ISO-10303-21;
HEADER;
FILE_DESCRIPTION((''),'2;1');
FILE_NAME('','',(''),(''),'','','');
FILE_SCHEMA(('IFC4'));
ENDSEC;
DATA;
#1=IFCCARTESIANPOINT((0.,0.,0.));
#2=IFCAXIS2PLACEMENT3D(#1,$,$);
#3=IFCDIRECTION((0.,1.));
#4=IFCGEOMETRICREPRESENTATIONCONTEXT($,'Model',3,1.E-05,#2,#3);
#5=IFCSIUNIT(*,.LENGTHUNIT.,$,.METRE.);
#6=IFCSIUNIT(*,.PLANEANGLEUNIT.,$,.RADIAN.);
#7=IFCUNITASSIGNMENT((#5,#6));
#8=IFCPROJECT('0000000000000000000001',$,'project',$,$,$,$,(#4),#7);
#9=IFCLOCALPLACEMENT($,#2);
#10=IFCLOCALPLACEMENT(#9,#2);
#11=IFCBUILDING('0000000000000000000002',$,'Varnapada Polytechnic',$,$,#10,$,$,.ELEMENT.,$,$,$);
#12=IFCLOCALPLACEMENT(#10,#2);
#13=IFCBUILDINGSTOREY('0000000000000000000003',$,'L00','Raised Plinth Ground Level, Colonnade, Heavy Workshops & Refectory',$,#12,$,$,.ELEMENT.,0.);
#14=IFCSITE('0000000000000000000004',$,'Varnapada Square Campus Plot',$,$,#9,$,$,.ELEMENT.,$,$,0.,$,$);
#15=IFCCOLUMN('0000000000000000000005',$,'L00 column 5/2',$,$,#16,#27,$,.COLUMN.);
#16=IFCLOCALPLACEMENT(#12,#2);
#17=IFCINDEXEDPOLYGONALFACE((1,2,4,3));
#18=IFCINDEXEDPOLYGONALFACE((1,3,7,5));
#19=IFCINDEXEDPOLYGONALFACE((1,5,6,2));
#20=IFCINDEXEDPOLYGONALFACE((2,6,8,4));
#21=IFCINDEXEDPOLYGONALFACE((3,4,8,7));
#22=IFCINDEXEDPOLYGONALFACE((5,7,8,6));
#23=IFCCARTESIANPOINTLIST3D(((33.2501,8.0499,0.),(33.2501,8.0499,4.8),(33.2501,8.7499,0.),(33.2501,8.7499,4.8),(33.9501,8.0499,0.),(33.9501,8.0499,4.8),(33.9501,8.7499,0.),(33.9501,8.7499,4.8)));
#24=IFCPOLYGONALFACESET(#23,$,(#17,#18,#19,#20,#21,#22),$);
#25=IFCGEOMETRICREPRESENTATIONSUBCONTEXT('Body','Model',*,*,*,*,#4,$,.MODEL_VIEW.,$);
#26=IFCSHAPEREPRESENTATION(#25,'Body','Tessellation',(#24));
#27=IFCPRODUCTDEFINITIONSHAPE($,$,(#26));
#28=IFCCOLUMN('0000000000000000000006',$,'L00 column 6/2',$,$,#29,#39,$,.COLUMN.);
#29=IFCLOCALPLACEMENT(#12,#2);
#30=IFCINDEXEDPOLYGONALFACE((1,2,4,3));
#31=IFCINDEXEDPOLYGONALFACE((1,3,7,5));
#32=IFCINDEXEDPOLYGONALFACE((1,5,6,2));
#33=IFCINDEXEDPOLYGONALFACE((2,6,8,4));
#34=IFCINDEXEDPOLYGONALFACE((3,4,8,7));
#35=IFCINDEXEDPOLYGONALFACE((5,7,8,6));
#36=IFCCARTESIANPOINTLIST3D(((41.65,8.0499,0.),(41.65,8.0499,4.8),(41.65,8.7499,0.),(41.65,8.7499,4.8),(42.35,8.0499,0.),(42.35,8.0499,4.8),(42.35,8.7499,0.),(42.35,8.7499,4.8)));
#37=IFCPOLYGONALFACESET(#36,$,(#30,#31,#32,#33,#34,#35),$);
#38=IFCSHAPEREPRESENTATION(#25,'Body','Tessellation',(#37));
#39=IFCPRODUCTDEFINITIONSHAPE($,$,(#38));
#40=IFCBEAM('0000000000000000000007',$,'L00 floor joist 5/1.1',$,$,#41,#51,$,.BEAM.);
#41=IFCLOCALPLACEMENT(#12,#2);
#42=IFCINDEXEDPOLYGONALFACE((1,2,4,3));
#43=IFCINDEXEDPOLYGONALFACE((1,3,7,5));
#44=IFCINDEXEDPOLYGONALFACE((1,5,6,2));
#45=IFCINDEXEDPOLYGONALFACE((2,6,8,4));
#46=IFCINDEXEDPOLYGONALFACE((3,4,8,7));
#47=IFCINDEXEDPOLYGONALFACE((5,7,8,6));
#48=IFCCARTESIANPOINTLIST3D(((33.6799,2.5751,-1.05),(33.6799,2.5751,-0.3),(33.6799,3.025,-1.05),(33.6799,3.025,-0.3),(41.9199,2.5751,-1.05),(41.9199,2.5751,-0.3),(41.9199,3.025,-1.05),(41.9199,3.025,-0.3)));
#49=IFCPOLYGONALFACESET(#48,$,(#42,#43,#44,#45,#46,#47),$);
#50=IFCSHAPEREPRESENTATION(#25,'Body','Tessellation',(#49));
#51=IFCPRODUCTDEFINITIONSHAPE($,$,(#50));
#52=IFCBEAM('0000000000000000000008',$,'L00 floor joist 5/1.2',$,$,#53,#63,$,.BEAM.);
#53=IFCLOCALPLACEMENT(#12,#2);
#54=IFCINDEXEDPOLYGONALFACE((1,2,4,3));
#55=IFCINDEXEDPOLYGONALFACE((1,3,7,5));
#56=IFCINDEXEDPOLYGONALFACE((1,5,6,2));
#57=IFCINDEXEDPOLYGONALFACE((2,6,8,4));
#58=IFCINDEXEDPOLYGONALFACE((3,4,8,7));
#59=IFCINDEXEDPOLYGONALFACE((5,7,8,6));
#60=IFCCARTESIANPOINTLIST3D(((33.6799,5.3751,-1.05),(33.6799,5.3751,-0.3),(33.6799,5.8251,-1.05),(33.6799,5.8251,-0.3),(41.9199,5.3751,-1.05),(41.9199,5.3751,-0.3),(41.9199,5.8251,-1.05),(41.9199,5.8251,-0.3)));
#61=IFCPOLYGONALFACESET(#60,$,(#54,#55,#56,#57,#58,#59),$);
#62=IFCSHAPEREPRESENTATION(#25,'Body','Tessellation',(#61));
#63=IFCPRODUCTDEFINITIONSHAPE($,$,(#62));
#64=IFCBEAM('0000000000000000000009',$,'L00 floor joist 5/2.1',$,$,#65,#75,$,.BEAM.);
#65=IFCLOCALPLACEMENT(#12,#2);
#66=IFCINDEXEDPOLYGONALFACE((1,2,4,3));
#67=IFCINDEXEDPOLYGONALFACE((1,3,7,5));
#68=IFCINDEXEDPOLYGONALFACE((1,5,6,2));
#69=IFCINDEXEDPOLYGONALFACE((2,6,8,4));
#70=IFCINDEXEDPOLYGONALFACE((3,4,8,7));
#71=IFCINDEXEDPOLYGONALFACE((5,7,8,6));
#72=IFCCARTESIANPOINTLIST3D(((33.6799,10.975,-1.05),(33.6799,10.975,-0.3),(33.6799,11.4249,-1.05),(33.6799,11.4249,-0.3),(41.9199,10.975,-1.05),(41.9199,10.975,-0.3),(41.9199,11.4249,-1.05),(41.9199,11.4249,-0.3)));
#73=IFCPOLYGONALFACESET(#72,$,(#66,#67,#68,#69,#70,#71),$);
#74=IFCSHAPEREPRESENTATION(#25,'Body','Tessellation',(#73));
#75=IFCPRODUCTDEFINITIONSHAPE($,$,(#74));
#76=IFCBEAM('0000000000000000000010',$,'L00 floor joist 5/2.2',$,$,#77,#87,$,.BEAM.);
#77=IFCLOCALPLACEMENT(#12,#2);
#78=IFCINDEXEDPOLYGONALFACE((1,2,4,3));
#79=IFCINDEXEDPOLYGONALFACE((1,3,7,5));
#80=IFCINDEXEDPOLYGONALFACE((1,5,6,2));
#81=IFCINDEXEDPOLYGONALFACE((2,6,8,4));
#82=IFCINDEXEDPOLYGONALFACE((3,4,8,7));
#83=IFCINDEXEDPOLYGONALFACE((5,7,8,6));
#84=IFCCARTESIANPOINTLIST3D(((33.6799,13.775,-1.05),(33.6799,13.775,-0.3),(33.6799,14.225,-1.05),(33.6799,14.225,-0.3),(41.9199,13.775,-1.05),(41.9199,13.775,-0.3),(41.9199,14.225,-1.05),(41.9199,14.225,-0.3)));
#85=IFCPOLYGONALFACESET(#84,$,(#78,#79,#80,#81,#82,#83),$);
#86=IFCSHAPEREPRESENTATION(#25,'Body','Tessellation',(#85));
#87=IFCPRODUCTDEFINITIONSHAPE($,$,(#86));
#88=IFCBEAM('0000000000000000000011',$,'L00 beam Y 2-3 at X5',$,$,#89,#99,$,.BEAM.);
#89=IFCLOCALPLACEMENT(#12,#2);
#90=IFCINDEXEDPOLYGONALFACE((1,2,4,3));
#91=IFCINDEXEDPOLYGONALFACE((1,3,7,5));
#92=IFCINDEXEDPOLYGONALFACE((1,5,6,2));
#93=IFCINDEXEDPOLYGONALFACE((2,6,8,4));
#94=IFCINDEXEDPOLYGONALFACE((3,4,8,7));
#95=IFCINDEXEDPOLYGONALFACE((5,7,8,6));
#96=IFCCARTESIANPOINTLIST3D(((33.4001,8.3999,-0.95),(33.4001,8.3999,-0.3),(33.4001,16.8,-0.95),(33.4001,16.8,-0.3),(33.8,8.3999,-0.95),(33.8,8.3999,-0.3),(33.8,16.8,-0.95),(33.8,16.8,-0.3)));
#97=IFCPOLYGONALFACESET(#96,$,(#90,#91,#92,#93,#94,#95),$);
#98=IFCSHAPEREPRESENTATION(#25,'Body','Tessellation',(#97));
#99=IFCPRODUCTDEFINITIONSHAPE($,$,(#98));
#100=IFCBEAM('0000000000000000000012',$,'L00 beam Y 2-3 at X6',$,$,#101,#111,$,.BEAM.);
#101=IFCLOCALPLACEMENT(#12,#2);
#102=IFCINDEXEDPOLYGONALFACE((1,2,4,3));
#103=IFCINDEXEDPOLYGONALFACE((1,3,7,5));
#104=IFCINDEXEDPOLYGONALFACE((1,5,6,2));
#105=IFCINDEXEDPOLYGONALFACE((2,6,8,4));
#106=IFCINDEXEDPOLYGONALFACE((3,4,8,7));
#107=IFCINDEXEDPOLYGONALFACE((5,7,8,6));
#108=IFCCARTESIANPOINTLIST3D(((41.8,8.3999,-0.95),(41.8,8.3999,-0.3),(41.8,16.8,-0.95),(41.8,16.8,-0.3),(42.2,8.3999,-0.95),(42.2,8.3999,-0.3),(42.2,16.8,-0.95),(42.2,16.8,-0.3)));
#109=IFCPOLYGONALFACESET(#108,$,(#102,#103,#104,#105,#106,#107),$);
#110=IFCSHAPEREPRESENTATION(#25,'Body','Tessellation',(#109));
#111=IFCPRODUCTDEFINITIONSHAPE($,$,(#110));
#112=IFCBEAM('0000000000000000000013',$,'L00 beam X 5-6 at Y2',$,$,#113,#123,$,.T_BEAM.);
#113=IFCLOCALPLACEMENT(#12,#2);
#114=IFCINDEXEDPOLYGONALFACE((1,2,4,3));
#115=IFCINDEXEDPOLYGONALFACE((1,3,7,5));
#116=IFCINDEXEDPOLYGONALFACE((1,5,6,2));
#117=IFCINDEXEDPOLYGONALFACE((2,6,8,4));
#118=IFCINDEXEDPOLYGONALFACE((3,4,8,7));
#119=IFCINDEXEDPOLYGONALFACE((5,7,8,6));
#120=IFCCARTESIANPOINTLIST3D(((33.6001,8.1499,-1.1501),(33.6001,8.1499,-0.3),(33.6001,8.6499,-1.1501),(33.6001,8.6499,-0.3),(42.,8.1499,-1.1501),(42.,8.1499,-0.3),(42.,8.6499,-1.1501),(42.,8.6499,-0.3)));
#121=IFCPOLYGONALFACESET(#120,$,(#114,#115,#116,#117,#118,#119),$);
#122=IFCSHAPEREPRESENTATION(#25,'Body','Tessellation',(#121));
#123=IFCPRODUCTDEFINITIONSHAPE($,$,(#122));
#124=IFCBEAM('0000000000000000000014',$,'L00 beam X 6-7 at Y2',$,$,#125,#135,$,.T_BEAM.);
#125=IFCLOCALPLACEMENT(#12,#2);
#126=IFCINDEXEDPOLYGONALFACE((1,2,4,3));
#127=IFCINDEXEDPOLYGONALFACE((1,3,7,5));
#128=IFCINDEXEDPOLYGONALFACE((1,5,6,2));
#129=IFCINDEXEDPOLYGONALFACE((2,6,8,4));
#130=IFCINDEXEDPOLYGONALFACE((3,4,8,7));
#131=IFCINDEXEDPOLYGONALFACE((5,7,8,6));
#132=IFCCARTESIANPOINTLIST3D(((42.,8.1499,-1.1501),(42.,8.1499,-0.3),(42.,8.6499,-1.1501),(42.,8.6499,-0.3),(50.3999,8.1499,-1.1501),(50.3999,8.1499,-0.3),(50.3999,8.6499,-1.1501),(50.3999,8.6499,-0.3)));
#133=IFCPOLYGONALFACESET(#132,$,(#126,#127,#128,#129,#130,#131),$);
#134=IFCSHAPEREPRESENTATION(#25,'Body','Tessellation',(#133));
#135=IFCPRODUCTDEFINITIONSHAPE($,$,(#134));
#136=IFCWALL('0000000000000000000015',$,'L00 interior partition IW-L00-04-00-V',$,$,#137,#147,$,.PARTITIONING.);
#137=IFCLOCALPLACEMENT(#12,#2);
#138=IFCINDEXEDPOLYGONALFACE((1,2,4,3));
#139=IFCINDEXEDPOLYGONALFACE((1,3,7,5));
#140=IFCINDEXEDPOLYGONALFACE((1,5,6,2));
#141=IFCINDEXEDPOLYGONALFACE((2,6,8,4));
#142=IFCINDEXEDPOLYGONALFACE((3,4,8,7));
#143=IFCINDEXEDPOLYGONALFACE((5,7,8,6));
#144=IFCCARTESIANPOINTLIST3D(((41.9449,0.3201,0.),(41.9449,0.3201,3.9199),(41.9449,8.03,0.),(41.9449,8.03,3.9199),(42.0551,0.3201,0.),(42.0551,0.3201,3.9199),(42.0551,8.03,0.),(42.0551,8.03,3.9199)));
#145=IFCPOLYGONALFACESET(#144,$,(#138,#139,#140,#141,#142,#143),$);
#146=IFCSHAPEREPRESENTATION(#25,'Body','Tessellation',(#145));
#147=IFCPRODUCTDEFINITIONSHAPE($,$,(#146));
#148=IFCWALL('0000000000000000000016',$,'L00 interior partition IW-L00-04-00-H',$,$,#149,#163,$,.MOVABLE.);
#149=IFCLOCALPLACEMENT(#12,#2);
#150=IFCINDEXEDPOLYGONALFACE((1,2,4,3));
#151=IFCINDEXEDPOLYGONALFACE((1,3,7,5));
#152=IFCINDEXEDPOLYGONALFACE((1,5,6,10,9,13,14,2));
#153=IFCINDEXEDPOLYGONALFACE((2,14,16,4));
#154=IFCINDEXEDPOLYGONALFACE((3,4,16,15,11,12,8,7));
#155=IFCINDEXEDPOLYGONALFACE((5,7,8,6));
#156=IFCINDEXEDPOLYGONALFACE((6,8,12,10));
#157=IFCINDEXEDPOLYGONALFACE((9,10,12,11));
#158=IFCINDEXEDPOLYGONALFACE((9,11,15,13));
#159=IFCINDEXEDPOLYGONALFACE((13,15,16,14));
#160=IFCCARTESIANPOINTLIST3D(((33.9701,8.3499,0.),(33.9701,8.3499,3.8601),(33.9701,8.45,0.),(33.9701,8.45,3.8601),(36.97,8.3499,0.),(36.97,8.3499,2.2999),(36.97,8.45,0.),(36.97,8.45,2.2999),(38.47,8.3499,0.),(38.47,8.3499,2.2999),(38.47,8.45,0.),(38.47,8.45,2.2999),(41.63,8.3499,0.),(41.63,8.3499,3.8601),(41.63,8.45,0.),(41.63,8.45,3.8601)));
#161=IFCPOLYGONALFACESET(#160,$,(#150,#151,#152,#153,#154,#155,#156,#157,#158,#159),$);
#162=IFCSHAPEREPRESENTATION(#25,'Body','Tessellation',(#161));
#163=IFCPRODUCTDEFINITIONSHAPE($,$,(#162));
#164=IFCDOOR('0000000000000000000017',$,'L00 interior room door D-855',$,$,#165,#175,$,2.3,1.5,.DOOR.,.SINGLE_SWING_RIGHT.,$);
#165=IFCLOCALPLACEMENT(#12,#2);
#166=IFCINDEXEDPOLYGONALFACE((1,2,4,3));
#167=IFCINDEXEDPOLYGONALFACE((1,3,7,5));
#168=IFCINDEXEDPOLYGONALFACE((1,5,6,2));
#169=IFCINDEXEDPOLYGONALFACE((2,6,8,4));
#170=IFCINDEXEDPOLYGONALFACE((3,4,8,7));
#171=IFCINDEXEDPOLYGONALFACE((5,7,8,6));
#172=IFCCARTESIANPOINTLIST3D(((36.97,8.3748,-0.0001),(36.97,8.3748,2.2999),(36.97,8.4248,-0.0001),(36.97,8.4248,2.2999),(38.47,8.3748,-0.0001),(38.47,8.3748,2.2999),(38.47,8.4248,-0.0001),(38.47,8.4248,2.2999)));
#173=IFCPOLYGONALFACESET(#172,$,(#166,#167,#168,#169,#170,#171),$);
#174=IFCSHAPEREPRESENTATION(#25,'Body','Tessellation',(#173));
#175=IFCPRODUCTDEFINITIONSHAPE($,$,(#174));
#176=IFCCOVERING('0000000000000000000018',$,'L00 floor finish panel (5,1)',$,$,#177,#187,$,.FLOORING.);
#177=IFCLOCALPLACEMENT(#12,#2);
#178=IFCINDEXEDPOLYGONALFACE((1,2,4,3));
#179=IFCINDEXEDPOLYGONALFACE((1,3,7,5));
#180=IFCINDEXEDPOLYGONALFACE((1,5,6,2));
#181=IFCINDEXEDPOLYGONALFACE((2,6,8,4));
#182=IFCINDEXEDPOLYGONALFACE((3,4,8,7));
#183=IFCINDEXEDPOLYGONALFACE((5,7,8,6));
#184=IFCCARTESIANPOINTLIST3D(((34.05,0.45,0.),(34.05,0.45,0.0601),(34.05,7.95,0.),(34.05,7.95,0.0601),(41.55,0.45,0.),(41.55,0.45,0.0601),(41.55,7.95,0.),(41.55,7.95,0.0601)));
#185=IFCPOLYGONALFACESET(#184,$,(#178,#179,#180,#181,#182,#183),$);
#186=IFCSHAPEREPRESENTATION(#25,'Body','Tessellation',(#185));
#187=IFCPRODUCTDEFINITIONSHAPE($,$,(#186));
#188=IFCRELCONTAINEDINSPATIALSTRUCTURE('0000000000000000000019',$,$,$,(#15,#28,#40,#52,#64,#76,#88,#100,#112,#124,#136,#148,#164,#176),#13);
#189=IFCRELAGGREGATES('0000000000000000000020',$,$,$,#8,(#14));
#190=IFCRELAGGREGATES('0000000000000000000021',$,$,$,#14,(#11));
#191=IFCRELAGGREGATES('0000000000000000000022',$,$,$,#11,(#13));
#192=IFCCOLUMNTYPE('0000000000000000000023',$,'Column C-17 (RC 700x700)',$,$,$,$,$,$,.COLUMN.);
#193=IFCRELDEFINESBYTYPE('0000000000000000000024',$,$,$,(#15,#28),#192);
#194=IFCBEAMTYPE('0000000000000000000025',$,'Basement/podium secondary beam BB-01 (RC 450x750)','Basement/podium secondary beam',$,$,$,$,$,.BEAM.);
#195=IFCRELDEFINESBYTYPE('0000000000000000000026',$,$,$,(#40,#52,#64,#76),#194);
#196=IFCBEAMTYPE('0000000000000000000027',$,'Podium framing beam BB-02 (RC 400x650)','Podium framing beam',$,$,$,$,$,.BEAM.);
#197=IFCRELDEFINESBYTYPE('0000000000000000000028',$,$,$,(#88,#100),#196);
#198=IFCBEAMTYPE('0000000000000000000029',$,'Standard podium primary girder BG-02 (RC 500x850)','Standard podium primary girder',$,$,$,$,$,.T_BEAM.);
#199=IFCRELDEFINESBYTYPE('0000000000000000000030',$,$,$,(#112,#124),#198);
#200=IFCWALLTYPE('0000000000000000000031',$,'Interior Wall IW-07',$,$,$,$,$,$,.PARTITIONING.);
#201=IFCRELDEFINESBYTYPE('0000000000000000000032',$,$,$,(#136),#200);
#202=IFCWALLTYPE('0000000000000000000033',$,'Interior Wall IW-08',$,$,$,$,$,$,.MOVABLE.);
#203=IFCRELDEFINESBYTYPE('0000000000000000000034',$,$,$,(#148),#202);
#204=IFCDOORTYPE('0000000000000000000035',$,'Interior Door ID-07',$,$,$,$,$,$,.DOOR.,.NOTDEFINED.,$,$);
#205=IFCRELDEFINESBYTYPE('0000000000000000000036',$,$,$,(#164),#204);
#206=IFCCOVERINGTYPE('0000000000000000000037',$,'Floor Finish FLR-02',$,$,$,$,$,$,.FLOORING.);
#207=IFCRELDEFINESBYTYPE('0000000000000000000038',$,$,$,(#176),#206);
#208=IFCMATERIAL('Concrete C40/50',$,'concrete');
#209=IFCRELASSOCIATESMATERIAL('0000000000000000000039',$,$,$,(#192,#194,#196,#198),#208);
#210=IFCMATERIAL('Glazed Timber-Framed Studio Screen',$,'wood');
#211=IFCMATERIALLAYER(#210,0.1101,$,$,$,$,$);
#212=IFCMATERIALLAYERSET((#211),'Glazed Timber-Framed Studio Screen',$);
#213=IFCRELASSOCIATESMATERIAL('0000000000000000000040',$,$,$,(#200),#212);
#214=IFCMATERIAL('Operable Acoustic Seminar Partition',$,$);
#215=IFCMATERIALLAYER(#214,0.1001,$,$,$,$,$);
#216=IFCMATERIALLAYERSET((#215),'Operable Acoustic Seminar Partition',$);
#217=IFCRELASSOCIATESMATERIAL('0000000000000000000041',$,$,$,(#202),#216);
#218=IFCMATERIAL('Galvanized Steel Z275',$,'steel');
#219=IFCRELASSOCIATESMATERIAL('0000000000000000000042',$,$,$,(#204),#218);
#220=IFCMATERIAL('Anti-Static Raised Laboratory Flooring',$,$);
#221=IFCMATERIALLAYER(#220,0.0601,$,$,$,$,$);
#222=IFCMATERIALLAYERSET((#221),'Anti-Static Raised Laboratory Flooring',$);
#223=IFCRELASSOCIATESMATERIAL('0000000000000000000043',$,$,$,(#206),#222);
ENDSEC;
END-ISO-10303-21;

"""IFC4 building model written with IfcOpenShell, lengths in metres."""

from ifc_helpers import new_model, si_unit, direction, frame, frame_2d, origin, origin_2d, place, context, subcontext, project, spatial, rectangle, extrude, material, layer, layer_set, material_profile, profile_set, type_object, element, fill, save


model = new_model("IFC4")

# Units and contexts
model_context = context("Model", 3, precision=1e-05, world=origin(), true_north=direction((0.0, 1.0)))
body_context = subcontext(model_context, "Body", "Model", "MODEL_VIEW")
ifc_project = project(units=[si_unit("LENGTHUNIT", "METRE"), si_unit("PLANEANGLEUNIT", "RADIAN")], contexts=[model_context])

# Site, building, storey
site_placement = place(None, origin())
site = spatial("IfcSite", under=ifc_project, at=site_placement, Name="Varnapada Square Campus Plot", CompositionType="ELEMENT", RefElevation=0.0)
building_placement = place(site_placement, origin())
building = spatial("IfcBuilding", under=site, at=building_placement, Name="Varnapada Polytechnic", CompositionType="ELEMENT")
storey_placement = place(building_placement, origin())
storey = spatial("IfcBuildingStorey", under=building, at=storey_placement, Name="L00", Description="Raised Plinth Ground Level, Colonnade, Heavy Workshops & Refectory", CompositionType="ELEMENT", Elevation=0.0)

# Columns
ifc_material_1 = material(Name="Concrete C40/50", Category="concrete")
ifc_material_profile_1 = material_profile(ifc_material_1, rectangle(XDim=0.7, YDim=0.7, at=origin_2d()), Name="RC 700x700")
ifc_profile_set_1 = profile_set([ifc_material_profile_1], Name="Concrete C40/50")
column_type = type_object("IfcColumnType", Name="Column C-17 (RC 700x700)", PredefinedType="COLUMN", material=ifc_profile_set_1)
for number, where, z_axis, x_axis, name in (
    (1, (33.6001, 8.3999, 0.0), (0.0, 0.0, 1.0), (1.0, 0.0, 0.0), "L00 column 5/2"),
    (2, (42.0, 8.3999, 0.0), (0.0, 0.0, 1.0), (1.0, 0.0, 0.0), "L00 column 6/2"),
):
    element("IfcColumn", number, at=place(storey_placement, frame(where, z_axis=z_axis, x_axis=x_axis)), inside=storey, type_object=column_type, Name=name, PredefinedType="COLUMN", context=body_context, shape_type="SweptSolid", body=[
        extrude(rectangle(XDim=0.7, YDim=0.7, at=origin_2d()), origin(), (0.0, 0.0, 1.0), 4.8),
    ])

# Beams
ifc_material_profile_2 = material_profile(ifc_material_1, rectangle(XDim=0.45, YDim=0.75, at=origin_2d()), Name="RC 450x750")
ifc_profile_set_2 = profile_set([ifc_material_profile_2], Name="Concrete C40/50")
beam_type_1 = type_object("IfcBeamType", Name="Basement/podium secondary beam BB-01 (RC 450x750)", Description="Basement/podium secondary beam", PredefinedType="BEAM", material=ifc_profile_set_2)
for number, where, z_axis, x_axis, name in (
    (3, (33.6799, 2.8, -0.675), (1.0, 0.0, 0.0), (0.0, 1.0, 0.0), "L00 floor joist 5/1.1"),
    (4, (33.6799, 5.6001, -0.675), (1.0, 0.0, 0.0), (0.0, 1.0, 0.0), "L00 floor joist 5/1.2"),
    (5, (33.6799, 11.2, -0.675), (1.0, 0.0, 0.0), (0.0, 1.0, 0.0), "L00 floor joist 5/2.1"),
    (6, (33.6799, 14.0, -0.675), (1.0, 0.0, 0.0), (0.0, 1.0, 0.0), "L00 floor joist 5/2.2"),
):
    element("IfcBeam", number, at=place(storey_placement, frame(where, z_axis=z_axis, x_axis=x_axis)), inside=storey, type_object=beam_type_1, Name=name, PredefinedType="BEAM", context=body_context, shape_type="SweptSolid", body=[
        extrude(rectangle(XDim=0.45, YDim=0.75, at=origin_2d()), origin(), (0.0, 0.0, 1.0), 8.24),
    ])
ifc_material_profile_3 = material_profile(ifc_material_1, rectangle(XDim=0.3999, YDim=0.6499, at=origin_2d()), Name="RC 400x650")
ifc_profile_set_3 = profile_set([ifc_material_profile_3], Name="Concrete C40/50")
beam_type_2 = type_object("IfcBeamType", Name="Podium framing beam BB-02 (RC 400x650)", Description="Podium framing beam", PredefinedType="BEAM", material=ifc_profile_set_3)
for number, where, z_axis, x_axis, name in (
    (7, (33.6001, 8.3999, -0.625), (0.0, 1.0, 0.0), (-1.0, 0.0, 0.0), "L00 beam Y 2-3 at X5"),
    (8, (42.0, 8.3999, -0.625), (0.0, 1.0, 0.0), (-1.0, 0.0, 0.0), "L00 beam Y 2-3 at X6"),
):
    element("IfcBeam", number, at=place(storey_placement, frame(where, z_axis=z_axis, x_axis=x_axis)), inside=storey, type_object=beam_type_2, Name=name, PredefinedType="BEAM", context=body_context, shape_type="SweptSolid", body=[
        extrude(rectangle(XDim=0.3999, YDim=0.6499, at=origin_2d()), origin(), (0.0, 0.0, 1.0), 8.4001),
    ])
ifc_material_profile_4 = material_profile(ifc_material_1, rectangle(XDim=0.5, YDim=0.8501, at=origin_2d()), Name="RC 500x850")
ifc_profile_set_4 = profile_set([ifc_material_profile_4], Name="Concrete C40/50")
beam_type_3 = type_object("IfcBeamType", Name="Standard podium primary girder BG-02 (RC 500x850)", Description="Standard podium primary girder", PredefinedType="T_BEAM", material=ifc_profile_set_4)
for number, where, z_axis, x_axis, name in (
    (9, (33.6001, 8.3999, -0.7251), (1.0, 0.0, 0.0), (0.0, 1.0, 0.0), "L00 beam X 5-6 at Y2"),
    (10, (42.0, 8.3999, -0.7251), (1.0, 0.0, 0.0), (0.0, 1.0, 0.0), "L00 beam X 6-7 at Y2"),
):
    element("IfcBeam", number, at=place(storey_placement, frame(where, z_axis=z_axis, x_axis=x_axis)), inside=storey, type_object=beam_type_3, Name=name, PredefinedType="T_BEAM", context=body_context, shape_type="SweptSolid", body=[
        extrude(rectangle(XDim=0.5, YDim=0.8501, at=origin_2d()), origin(), (0.0, 0.0, 1.0), 8.3999),
    ])

# Wall
ifc_material_2 = material(Name="Glazed Timber-Framed Studio Screen", Category="wood")
ifc_layer_1 = layer(ifc_material_2, 0.1101)
ifc_layer_set_1 = layer_set([ifc_layer_1], Name="Glazed Timber-Framed Studio Screen")
wall_type_1 = type_object("IfcWallType", Name="Interior Wall IW-07", PredefinedType="PARTITIONING", material=ifc_layer_set_1)
wall_1_placement = place(storey_placement, frame((42.0, 0.3201, 0.0), z_axis=(0.0, 0.0, 1.0), x_axis=(0.0, 1.0, 0.0)))
element("IfcWall", 11, at=wall_1_placement, inside=storey, type_object=wall_type_1, Name="L00 interior partition IW-L00-04-00-V", PredefinedType="PARTITIONING", context=body_context, shape_type="SweptSolid", body=[
    extrude(rectangle(XDim=7.71, YDim=0.1101, at=frame_2d((3.855, 0.0))), origin(), (0.0, 0.0, 1.0), 3.9199),
])

# Wall, opening, door
ifc_material_3 = material(Name="Operable Acoustic Seminar Partition")
ifc_layer_2 = layer(ifc_material_3, 0.1001)
ifc_layer_set_2 = layer_set([ifc_layer_2], Name="Operable Acoustic Seminar Partition")
wall_type_2 = type_object("IfcWallType", Name="Interior Wall IW-08", PredefinedType="MOVABLE", material=ifc_layer_set_2)
wall_2_placement = place(storey_placement, frame((33.97, 8.3999, 0.0), z_axis=(0.0, 0.0, 1.0), x_axis=(1.0, 0.0, 0.0)))
wall_2 = element("IfcWall", 12, at=wall_2_placement, inside=storey, type_object=wall_type_2, Name="L00 interior partition IW-L00-04-00-H", PredefinedType="MOVABLE", context=body_context, shape_type="SweptSolid", body=[
    extrude(rectangle(XDim=7.6599, YDim=0.1001, at=frame_2d((3.8301, 0.0))), origin(), (0.0, 0.0, 1.0), 3.8601),
])
opening_placement = place(wall_2_placement, frame((3.0, 0.0, 0.0)))
opening = element("IfcOpeningElement", 13, at=opening_placement, cuts=wall_2, PredefinedType="OPENING", context=body_context, shape_type="SweptSolid", body=[
    extrude(rectangle(XDim=1.5, YDim=2.3, at=frame_2d((0.75, 1.1499))), frame((0.0, 0.0601, 0.0), z_axis=(0.0, -1.0, 0.0), x_axis=(1.0, 0.0, 0.0)), (0.0, 0.0, 1.0), 0.1201),
])
ifc_material_4 = material(Name="Galvanized Steel Z275", Category="steel")
door_type = type_object("IfcDoorType", Name="Interior Door ID-07", OperationType="NOTDEFINED", PredefinedType="DOOR", material=ifc_material_4)
door_placement = place(opening_placement, origin())
door = element("IfcDoor", 14, at=door_placement, inside=storey, type_object=door_type, Name="L00 interior room door D-855", OperationType="SINGLE_SWING_RIGHT", OverallHeight=2.3, OverallWidth=1.5, PredefinedType="DOOR", context=body_context, shape_type="SweptSolid", body=[
    extrude(rectangle(XDim=1.5, YDim=2.3, at=frame_2d((0.75, 1.1499))), frame((0.0, 0.0249, 0.0), z_axis=(0.0, -1.0, 0.0), x_axis=(1.0, 0.0, 0.0)), (0.0, 0.0, 1.0), 0.05),
])
fill(opening, door)

# Covering
ifc_material_5 = material(Name="Anti-Static Raised Laboratory Flooring")
ifc_layer_3 = layer(ifc_material_5, 0.0601)
ifc_layer_set_3 = layer_set([ifc_layer_3], Name="Anti-Static Raised Laboratory Flooring")
covering_type_1 = type_object("IfcCoveringType", Name="Floor Finish FLR-02", PredefinedType="FLOORING", material=ifc_layer_set_3)
covering_1_placement = place(storey_placement, frame((37.8, 4.2, 0.0), z_axis=(0.0, 0.0, 1.0), x_axis=(1.0, 0.0, 0.0)))
element("IfcCovering", 15, at=covering_1_placement, inside=storey, type_object=covering_type_1, Name="L00 floor finish panel (5,1)", PredefinedType="FLOORING", context=body_context, shape_type="SweptSolid", body=[
    extrude(rectangle(XDim=7.5, YDim=7.5, at=origin_2d()), origin(), (0.0, 0.0, 1.0), 0.0601),
])

save(model, "model.ifc")
